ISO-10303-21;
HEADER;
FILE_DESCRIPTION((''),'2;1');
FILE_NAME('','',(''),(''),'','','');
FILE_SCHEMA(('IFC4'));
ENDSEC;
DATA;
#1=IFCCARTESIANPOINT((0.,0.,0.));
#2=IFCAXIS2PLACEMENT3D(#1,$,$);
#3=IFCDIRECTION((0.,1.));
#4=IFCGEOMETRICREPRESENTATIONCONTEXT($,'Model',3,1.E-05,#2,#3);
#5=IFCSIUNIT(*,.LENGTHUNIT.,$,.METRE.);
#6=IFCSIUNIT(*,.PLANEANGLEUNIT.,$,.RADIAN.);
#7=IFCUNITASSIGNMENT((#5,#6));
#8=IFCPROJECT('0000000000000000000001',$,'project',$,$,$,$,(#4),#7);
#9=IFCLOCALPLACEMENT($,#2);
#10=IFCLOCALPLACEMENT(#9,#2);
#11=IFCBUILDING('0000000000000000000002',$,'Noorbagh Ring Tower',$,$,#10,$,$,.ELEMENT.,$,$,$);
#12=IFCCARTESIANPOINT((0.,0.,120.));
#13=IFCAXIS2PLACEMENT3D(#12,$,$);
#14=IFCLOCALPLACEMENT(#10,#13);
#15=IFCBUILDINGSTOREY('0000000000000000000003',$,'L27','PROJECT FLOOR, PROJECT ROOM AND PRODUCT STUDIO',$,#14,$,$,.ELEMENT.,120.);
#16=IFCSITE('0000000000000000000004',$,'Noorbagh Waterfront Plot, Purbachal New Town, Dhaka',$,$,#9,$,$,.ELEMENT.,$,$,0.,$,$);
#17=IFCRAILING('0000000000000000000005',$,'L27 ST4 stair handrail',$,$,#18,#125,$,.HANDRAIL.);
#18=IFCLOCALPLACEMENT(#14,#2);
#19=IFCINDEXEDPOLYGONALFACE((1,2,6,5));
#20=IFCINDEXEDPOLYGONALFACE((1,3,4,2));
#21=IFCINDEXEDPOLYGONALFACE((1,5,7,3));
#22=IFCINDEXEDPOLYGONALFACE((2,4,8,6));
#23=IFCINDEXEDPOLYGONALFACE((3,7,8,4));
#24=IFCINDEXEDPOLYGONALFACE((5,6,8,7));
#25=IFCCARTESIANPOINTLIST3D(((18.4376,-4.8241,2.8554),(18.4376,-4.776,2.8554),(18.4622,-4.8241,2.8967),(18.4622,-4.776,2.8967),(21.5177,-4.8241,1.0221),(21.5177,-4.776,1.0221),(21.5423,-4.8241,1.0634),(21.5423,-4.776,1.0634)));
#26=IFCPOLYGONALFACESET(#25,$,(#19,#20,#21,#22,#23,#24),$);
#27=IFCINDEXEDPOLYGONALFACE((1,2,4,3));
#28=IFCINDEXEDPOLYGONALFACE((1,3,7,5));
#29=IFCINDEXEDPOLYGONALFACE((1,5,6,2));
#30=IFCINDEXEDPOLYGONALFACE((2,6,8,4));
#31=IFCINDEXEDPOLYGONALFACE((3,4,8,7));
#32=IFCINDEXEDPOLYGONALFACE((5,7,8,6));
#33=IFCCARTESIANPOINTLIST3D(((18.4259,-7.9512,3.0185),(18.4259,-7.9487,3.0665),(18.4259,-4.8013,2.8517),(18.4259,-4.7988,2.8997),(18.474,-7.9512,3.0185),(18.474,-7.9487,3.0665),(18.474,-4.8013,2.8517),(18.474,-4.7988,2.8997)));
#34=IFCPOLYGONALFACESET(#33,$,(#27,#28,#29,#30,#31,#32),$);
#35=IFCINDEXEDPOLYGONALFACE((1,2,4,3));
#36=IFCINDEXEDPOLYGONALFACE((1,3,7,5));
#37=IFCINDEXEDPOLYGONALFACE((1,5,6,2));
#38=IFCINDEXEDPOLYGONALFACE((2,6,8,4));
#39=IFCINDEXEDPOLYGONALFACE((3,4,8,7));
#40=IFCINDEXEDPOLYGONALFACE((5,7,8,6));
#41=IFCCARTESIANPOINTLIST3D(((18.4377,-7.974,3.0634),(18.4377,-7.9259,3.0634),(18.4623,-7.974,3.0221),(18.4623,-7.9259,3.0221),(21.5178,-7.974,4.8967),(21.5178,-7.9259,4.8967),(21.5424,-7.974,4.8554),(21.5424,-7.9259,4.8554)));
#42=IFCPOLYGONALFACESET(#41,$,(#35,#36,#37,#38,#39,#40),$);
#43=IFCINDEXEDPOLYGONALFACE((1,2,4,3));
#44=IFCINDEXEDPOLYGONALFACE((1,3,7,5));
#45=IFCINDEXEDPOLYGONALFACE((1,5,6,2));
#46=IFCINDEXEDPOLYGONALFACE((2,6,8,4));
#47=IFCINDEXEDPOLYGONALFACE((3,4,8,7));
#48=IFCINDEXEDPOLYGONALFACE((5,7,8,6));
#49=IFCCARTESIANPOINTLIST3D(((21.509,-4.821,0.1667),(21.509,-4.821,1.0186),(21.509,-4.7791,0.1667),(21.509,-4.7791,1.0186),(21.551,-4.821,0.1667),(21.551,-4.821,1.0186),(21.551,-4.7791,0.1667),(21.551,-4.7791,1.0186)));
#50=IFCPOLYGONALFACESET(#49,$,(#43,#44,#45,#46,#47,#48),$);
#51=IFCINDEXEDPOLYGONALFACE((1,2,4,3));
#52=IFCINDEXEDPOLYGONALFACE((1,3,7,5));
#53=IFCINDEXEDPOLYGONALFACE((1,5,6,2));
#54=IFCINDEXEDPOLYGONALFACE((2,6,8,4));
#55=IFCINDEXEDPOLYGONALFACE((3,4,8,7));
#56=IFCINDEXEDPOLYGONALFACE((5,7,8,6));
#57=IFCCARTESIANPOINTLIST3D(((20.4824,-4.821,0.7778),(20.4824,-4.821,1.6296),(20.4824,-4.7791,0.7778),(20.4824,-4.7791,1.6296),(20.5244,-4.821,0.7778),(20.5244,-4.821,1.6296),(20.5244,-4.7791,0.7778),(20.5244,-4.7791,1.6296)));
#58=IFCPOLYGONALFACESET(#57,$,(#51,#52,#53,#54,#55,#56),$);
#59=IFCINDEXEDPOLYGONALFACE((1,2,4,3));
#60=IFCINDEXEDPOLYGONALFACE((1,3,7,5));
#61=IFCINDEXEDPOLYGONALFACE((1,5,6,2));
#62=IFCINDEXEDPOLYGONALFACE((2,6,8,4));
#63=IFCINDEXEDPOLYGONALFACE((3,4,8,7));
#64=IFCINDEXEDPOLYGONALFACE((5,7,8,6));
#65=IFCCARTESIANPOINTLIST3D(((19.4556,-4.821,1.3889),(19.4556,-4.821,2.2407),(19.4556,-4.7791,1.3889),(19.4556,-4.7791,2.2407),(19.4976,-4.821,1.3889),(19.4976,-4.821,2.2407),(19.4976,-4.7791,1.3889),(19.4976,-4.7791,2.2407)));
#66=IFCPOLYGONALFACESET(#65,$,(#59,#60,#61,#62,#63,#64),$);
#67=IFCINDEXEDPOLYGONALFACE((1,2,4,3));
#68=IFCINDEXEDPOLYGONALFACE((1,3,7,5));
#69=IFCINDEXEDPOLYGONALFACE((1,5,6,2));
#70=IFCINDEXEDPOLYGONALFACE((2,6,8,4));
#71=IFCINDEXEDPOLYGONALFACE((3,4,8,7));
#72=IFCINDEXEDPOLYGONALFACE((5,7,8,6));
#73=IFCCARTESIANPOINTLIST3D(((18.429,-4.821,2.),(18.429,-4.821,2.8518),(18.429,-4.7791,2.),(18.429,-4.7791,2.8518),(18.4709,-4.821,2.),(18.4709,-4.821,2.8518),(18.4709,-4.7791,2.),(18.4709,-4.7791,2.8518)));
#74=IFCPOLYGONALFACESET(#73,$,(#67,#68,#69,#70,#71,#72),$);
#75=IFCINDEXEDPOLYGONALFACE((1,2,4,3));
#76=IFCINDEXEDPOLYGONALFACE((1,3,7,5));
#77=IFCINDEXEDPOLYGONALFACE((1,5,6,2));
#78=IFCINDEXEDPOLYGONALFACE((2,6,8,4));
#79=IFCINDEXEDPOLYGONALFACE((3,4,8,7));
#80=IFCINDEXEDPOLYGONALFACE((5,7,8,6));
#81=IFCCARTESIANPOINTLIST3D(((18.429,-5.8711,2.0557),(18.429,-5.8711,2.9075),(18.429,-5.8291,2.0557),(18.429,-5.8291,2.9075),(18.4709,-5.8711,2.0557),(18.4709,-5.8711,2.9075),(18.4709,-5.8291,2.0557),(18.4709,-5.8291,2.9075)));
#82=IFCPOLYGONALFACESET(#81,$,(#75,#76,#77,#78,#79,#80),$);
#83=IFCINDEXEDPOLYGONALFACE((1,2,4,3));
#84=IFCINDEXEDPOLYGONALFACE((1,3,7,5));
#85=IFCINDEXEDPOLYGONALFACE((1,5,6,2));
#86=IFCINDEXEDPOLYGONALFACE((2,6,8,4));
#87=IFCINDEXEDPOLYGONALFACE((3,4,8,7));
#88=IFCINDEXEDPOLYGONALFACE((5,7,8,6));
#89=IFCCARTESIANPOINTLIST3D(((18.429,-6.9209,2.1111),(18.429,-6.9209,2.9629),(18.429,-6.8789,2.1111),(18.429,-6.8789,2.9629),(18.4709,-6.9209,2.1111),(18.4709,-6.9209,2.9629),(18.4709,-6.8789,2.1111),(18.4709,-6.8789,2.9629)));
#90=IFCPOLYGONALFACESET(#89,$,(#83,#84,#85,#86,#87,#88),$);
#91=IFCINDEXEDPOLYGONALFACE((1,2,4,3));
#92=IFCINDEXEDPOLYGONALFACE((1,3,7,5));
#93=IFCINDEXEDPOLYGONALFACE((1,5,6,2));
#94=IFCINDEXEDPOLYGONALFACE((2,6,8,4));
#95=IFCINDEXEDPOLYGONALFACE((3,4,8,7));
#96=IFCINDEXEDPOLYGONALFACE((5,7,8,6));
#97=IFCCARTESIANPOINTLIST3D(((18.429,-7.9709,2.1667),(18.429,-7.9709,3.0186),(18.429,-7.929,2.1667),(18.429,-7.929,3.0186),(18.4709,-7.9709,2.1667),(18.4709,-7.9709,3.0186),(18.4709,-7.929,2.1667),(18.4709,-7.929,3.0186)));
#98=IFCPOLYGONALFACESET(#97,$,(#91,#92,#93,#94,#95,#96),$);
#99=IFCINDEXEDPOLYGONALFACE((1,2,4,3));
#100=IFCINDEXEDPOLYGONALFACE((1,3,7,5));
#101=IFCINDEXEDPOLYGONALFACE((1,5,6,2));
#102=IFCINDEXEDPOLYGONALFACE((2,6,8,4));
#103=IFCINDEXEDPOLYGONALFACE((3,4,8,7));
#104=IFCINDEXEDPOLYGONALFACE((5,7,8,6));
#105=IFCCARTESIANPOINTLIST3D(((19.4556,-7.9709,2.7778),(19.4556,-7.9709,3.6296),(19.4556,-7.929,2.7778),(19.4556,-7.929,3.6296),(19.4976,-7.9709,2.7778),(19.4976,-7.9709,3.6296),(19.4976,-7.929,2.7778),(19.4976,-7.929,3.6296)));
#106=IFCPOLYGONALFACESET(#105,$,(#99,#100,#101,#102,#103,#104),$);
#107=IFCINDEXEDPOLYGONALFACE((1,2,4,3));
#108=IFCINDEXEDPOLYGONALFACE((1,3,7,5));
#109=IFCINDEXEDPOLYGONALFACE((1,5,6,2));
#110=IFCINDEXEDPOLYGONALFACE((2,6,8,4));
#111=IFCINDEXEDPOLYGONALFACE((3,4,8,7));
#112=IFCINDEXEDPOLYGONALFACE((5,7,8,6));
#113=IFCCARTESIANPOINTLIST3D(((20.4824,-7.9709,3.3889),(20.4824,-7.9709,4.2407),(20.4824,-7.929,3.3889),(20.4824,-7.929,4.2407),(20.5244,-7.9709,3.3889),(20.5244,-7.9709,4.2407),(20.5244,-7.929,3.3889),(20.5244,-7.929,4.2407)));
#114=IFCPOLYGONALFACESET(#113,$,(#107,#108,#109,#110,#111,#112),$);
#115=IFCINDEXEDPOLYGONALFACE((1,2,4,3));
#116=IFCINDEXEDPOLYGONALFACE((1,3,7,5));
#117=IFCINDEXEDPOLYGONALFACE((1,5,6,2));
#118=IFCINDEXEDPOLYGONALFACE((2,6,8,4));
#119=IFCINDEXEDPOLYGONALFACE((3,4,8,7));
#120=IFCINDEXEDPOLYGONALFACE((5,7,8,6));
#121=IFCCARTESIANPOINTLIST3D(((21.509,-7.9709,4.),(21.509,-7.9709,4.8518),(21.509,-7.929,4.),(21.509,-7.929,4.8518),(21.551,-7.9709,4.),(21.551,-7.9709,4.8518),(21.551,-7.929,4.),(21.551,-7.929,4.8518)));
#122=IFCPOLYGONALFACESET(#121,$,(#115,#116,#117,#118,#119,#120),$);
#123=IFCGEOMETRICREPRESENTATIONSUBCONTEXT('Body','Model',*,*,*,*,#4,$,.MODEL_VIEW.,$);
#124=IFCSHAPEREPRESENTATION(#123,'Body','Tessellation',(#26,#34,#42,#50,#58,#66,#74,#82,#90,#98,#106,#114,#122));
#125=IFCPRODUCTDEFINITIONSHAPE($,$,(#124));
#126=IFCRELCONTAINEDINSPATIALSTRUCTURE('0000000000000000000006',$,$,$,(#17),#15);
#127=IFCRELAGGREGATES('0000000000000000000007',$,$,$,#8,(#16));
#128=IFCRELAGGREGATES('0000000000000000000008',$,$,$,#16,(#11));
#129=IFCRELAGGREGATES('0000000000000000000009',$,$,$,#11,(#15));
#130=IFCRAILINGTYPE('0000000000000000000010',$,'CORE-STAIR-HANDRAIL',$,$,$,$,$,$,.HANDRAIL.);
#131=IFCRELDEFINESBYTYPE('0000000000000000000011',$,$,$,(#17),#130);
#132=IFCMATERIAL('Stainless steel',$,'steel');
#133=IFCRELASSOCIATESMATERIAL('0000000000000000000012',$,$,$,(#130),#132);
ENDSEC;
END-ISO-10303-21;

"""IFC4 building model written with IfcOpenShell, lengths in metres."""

from ifc_helpers import new_model, si_unit, direction, frame, origin, origin_2d, place, context, subcontext, project, spatial, rectangle, extrude, material, type_object, element, save


model = new_model("IFC4")

# Units and contexts
model_context = context("Model", 3, precision=1e-05, world=origin(), true_north=direction((0.0, 1.0)))
body_context = subcontext(model_context, "Body", "Model", "MODEL_VIEW")
ifc_project = project(units=[si_unit("LENGTHUNIT", "METRE"), si_unit("PLANEANGLEUNIT", "RADIAN")], contexts=[model_context])

# Site, building, storey
site_placement = place(None, origin())
site = spatial("IfcSite", under=ifc_project, at=site_placement, Name="Noorbagh Waterfront Plot, Purbachal New Town, Dhaka", CompositionType="ELEMENT", RefElevation=0.0)
building_placement = place(site_placement, origin())
building = spatial("IfcBuilding", under=site, at=building_placement, Name="Noorbagh Ring Tower", CompositionType="ELEMENT")
storey_placement = place(building_placement, frame((0.0, 0.0, 120.0)))
storey = spatial("IfcBuildingStorey", under=building, at=storey_placement, Name="L27", Description="PROJECT FLOOR, PROJECT ROOM AND PRODUCT STUDIO", CompositionType="ELEMENT", Elevation=120.0)

# Railing
ifc_material_1 = material(Name="Stainless steel", Category="steel")
railing_type_1 = type_object("IfcRailingType", Name="CORE-STAIR-HANDRAIL", PredefinedType="HANDRAIL", material=ifc_material_1)
railing_1_placement = place(storey_placement, frame((21.53, -4.8, 0.1667)))
element("IfcRailing", 1, at=railing_1_placement, inside=storey, type_object=railing_type_1, Name="L27 ST4 stair handrail", PredefinedType="HANDRAIL", context=body_context, shape_type="SweptSolid", body=[
    extrude(rectangle(XDim=0.0481, YDim=0.0481, at=origin_2d()), frame((0.0, 0.0, 0.876), z_axis=(-0.859309, 0.0, 0.511458), x_axis=(0.0, -1.0, 0.0)), (0.0, 0.0, 1.0), 3.5845),
    extrude(rectangle(XDim=0.0481, YDim=0.0481, at=origin_2d()), frame((-3.0801, 0.0, 2.709), z_axis=(0.0, -0.998602, 0.052864), x_axis=(1.0, 0.0, 0.0)), (0.0, 0.0, 1.0), 3.1543),
    extrude(rectangle(XDim=0.0481, YDim=0.0481, at=origin_2d()), frame((-3.0801, -3.1499, 2.876), z_axis=(0.859309, 0.0, 0.511458), x_axis=(0.0, 1.0, 0.0)), (0.0, 0.0, 1.0), 3.5845),
    extrude(rectangle(XDim=0.042, YDim=0.042, at=origin_2d()), origin(), (0.0, 0.0, 1.0), 0.8518),
    extrude(rectangle(XDim=0.042, YDim=0.042, at=origin_2d()), frame((-1.0266, 0.0, 0.6111)), (0.0, 0.0, 1.0), 0.8518),
    extrude(rectangle(XDim=0.042, YDim=0.042, at=origin_2d()), frame((-2.0535, 0.0, 1.2222)), (0.0, 0.0, 1.0), 0.8518),
    extrude(rectangle(XDim=0.042, YDim=0.042, at=origin_2d()), frame((-3.0801, 0.0, 1.8333)), (0.0, 0.0, 1.0), 0.8518),
    extrude(rectangle(XDim=0.042, YDim=0.042, at=origin_2d()), frame((-3.0801, -1.05, 1.8889)), (0.0, 0.0, 1.0), 0.8518),
    extrude(rectangle(XDim=0.042, YDim=0.042, at=origin_2d()), frame((-3.0801, -2.0999, 1.9443)), (0.0, 0.0, 1.0), 0.8518),
    extrude(rectangle(XDim=0.042, YDim=0.042, at=origin_2d()), frame((-3.0801, -3.1499, 2.0)), (0.0, 0.0, 1.0), 0.8518),
    extrude(rectangle(XDim=0.042, YDim=0.042, at=origin_2d()), frame((-2.0535, -3.1499, 2.6111)), (0.0, 0.0, 1.0), 0.8518),
    extrude(rectangle(XDim=0.042, YDim=0.042, at=origin_2d()), frame((-1.0266, -3.1499, 3.2222)), (0.0, 0.0, 1.0), 0.8518),
    extrude(rectangle(XDim=0.042, YDim=0.042, at=origin_2d()), frame((0.0, -3.1499, 3.8333)), (0.0, 0.0, 1.0), 0.8518),
])

save(model, "model.ifc")
